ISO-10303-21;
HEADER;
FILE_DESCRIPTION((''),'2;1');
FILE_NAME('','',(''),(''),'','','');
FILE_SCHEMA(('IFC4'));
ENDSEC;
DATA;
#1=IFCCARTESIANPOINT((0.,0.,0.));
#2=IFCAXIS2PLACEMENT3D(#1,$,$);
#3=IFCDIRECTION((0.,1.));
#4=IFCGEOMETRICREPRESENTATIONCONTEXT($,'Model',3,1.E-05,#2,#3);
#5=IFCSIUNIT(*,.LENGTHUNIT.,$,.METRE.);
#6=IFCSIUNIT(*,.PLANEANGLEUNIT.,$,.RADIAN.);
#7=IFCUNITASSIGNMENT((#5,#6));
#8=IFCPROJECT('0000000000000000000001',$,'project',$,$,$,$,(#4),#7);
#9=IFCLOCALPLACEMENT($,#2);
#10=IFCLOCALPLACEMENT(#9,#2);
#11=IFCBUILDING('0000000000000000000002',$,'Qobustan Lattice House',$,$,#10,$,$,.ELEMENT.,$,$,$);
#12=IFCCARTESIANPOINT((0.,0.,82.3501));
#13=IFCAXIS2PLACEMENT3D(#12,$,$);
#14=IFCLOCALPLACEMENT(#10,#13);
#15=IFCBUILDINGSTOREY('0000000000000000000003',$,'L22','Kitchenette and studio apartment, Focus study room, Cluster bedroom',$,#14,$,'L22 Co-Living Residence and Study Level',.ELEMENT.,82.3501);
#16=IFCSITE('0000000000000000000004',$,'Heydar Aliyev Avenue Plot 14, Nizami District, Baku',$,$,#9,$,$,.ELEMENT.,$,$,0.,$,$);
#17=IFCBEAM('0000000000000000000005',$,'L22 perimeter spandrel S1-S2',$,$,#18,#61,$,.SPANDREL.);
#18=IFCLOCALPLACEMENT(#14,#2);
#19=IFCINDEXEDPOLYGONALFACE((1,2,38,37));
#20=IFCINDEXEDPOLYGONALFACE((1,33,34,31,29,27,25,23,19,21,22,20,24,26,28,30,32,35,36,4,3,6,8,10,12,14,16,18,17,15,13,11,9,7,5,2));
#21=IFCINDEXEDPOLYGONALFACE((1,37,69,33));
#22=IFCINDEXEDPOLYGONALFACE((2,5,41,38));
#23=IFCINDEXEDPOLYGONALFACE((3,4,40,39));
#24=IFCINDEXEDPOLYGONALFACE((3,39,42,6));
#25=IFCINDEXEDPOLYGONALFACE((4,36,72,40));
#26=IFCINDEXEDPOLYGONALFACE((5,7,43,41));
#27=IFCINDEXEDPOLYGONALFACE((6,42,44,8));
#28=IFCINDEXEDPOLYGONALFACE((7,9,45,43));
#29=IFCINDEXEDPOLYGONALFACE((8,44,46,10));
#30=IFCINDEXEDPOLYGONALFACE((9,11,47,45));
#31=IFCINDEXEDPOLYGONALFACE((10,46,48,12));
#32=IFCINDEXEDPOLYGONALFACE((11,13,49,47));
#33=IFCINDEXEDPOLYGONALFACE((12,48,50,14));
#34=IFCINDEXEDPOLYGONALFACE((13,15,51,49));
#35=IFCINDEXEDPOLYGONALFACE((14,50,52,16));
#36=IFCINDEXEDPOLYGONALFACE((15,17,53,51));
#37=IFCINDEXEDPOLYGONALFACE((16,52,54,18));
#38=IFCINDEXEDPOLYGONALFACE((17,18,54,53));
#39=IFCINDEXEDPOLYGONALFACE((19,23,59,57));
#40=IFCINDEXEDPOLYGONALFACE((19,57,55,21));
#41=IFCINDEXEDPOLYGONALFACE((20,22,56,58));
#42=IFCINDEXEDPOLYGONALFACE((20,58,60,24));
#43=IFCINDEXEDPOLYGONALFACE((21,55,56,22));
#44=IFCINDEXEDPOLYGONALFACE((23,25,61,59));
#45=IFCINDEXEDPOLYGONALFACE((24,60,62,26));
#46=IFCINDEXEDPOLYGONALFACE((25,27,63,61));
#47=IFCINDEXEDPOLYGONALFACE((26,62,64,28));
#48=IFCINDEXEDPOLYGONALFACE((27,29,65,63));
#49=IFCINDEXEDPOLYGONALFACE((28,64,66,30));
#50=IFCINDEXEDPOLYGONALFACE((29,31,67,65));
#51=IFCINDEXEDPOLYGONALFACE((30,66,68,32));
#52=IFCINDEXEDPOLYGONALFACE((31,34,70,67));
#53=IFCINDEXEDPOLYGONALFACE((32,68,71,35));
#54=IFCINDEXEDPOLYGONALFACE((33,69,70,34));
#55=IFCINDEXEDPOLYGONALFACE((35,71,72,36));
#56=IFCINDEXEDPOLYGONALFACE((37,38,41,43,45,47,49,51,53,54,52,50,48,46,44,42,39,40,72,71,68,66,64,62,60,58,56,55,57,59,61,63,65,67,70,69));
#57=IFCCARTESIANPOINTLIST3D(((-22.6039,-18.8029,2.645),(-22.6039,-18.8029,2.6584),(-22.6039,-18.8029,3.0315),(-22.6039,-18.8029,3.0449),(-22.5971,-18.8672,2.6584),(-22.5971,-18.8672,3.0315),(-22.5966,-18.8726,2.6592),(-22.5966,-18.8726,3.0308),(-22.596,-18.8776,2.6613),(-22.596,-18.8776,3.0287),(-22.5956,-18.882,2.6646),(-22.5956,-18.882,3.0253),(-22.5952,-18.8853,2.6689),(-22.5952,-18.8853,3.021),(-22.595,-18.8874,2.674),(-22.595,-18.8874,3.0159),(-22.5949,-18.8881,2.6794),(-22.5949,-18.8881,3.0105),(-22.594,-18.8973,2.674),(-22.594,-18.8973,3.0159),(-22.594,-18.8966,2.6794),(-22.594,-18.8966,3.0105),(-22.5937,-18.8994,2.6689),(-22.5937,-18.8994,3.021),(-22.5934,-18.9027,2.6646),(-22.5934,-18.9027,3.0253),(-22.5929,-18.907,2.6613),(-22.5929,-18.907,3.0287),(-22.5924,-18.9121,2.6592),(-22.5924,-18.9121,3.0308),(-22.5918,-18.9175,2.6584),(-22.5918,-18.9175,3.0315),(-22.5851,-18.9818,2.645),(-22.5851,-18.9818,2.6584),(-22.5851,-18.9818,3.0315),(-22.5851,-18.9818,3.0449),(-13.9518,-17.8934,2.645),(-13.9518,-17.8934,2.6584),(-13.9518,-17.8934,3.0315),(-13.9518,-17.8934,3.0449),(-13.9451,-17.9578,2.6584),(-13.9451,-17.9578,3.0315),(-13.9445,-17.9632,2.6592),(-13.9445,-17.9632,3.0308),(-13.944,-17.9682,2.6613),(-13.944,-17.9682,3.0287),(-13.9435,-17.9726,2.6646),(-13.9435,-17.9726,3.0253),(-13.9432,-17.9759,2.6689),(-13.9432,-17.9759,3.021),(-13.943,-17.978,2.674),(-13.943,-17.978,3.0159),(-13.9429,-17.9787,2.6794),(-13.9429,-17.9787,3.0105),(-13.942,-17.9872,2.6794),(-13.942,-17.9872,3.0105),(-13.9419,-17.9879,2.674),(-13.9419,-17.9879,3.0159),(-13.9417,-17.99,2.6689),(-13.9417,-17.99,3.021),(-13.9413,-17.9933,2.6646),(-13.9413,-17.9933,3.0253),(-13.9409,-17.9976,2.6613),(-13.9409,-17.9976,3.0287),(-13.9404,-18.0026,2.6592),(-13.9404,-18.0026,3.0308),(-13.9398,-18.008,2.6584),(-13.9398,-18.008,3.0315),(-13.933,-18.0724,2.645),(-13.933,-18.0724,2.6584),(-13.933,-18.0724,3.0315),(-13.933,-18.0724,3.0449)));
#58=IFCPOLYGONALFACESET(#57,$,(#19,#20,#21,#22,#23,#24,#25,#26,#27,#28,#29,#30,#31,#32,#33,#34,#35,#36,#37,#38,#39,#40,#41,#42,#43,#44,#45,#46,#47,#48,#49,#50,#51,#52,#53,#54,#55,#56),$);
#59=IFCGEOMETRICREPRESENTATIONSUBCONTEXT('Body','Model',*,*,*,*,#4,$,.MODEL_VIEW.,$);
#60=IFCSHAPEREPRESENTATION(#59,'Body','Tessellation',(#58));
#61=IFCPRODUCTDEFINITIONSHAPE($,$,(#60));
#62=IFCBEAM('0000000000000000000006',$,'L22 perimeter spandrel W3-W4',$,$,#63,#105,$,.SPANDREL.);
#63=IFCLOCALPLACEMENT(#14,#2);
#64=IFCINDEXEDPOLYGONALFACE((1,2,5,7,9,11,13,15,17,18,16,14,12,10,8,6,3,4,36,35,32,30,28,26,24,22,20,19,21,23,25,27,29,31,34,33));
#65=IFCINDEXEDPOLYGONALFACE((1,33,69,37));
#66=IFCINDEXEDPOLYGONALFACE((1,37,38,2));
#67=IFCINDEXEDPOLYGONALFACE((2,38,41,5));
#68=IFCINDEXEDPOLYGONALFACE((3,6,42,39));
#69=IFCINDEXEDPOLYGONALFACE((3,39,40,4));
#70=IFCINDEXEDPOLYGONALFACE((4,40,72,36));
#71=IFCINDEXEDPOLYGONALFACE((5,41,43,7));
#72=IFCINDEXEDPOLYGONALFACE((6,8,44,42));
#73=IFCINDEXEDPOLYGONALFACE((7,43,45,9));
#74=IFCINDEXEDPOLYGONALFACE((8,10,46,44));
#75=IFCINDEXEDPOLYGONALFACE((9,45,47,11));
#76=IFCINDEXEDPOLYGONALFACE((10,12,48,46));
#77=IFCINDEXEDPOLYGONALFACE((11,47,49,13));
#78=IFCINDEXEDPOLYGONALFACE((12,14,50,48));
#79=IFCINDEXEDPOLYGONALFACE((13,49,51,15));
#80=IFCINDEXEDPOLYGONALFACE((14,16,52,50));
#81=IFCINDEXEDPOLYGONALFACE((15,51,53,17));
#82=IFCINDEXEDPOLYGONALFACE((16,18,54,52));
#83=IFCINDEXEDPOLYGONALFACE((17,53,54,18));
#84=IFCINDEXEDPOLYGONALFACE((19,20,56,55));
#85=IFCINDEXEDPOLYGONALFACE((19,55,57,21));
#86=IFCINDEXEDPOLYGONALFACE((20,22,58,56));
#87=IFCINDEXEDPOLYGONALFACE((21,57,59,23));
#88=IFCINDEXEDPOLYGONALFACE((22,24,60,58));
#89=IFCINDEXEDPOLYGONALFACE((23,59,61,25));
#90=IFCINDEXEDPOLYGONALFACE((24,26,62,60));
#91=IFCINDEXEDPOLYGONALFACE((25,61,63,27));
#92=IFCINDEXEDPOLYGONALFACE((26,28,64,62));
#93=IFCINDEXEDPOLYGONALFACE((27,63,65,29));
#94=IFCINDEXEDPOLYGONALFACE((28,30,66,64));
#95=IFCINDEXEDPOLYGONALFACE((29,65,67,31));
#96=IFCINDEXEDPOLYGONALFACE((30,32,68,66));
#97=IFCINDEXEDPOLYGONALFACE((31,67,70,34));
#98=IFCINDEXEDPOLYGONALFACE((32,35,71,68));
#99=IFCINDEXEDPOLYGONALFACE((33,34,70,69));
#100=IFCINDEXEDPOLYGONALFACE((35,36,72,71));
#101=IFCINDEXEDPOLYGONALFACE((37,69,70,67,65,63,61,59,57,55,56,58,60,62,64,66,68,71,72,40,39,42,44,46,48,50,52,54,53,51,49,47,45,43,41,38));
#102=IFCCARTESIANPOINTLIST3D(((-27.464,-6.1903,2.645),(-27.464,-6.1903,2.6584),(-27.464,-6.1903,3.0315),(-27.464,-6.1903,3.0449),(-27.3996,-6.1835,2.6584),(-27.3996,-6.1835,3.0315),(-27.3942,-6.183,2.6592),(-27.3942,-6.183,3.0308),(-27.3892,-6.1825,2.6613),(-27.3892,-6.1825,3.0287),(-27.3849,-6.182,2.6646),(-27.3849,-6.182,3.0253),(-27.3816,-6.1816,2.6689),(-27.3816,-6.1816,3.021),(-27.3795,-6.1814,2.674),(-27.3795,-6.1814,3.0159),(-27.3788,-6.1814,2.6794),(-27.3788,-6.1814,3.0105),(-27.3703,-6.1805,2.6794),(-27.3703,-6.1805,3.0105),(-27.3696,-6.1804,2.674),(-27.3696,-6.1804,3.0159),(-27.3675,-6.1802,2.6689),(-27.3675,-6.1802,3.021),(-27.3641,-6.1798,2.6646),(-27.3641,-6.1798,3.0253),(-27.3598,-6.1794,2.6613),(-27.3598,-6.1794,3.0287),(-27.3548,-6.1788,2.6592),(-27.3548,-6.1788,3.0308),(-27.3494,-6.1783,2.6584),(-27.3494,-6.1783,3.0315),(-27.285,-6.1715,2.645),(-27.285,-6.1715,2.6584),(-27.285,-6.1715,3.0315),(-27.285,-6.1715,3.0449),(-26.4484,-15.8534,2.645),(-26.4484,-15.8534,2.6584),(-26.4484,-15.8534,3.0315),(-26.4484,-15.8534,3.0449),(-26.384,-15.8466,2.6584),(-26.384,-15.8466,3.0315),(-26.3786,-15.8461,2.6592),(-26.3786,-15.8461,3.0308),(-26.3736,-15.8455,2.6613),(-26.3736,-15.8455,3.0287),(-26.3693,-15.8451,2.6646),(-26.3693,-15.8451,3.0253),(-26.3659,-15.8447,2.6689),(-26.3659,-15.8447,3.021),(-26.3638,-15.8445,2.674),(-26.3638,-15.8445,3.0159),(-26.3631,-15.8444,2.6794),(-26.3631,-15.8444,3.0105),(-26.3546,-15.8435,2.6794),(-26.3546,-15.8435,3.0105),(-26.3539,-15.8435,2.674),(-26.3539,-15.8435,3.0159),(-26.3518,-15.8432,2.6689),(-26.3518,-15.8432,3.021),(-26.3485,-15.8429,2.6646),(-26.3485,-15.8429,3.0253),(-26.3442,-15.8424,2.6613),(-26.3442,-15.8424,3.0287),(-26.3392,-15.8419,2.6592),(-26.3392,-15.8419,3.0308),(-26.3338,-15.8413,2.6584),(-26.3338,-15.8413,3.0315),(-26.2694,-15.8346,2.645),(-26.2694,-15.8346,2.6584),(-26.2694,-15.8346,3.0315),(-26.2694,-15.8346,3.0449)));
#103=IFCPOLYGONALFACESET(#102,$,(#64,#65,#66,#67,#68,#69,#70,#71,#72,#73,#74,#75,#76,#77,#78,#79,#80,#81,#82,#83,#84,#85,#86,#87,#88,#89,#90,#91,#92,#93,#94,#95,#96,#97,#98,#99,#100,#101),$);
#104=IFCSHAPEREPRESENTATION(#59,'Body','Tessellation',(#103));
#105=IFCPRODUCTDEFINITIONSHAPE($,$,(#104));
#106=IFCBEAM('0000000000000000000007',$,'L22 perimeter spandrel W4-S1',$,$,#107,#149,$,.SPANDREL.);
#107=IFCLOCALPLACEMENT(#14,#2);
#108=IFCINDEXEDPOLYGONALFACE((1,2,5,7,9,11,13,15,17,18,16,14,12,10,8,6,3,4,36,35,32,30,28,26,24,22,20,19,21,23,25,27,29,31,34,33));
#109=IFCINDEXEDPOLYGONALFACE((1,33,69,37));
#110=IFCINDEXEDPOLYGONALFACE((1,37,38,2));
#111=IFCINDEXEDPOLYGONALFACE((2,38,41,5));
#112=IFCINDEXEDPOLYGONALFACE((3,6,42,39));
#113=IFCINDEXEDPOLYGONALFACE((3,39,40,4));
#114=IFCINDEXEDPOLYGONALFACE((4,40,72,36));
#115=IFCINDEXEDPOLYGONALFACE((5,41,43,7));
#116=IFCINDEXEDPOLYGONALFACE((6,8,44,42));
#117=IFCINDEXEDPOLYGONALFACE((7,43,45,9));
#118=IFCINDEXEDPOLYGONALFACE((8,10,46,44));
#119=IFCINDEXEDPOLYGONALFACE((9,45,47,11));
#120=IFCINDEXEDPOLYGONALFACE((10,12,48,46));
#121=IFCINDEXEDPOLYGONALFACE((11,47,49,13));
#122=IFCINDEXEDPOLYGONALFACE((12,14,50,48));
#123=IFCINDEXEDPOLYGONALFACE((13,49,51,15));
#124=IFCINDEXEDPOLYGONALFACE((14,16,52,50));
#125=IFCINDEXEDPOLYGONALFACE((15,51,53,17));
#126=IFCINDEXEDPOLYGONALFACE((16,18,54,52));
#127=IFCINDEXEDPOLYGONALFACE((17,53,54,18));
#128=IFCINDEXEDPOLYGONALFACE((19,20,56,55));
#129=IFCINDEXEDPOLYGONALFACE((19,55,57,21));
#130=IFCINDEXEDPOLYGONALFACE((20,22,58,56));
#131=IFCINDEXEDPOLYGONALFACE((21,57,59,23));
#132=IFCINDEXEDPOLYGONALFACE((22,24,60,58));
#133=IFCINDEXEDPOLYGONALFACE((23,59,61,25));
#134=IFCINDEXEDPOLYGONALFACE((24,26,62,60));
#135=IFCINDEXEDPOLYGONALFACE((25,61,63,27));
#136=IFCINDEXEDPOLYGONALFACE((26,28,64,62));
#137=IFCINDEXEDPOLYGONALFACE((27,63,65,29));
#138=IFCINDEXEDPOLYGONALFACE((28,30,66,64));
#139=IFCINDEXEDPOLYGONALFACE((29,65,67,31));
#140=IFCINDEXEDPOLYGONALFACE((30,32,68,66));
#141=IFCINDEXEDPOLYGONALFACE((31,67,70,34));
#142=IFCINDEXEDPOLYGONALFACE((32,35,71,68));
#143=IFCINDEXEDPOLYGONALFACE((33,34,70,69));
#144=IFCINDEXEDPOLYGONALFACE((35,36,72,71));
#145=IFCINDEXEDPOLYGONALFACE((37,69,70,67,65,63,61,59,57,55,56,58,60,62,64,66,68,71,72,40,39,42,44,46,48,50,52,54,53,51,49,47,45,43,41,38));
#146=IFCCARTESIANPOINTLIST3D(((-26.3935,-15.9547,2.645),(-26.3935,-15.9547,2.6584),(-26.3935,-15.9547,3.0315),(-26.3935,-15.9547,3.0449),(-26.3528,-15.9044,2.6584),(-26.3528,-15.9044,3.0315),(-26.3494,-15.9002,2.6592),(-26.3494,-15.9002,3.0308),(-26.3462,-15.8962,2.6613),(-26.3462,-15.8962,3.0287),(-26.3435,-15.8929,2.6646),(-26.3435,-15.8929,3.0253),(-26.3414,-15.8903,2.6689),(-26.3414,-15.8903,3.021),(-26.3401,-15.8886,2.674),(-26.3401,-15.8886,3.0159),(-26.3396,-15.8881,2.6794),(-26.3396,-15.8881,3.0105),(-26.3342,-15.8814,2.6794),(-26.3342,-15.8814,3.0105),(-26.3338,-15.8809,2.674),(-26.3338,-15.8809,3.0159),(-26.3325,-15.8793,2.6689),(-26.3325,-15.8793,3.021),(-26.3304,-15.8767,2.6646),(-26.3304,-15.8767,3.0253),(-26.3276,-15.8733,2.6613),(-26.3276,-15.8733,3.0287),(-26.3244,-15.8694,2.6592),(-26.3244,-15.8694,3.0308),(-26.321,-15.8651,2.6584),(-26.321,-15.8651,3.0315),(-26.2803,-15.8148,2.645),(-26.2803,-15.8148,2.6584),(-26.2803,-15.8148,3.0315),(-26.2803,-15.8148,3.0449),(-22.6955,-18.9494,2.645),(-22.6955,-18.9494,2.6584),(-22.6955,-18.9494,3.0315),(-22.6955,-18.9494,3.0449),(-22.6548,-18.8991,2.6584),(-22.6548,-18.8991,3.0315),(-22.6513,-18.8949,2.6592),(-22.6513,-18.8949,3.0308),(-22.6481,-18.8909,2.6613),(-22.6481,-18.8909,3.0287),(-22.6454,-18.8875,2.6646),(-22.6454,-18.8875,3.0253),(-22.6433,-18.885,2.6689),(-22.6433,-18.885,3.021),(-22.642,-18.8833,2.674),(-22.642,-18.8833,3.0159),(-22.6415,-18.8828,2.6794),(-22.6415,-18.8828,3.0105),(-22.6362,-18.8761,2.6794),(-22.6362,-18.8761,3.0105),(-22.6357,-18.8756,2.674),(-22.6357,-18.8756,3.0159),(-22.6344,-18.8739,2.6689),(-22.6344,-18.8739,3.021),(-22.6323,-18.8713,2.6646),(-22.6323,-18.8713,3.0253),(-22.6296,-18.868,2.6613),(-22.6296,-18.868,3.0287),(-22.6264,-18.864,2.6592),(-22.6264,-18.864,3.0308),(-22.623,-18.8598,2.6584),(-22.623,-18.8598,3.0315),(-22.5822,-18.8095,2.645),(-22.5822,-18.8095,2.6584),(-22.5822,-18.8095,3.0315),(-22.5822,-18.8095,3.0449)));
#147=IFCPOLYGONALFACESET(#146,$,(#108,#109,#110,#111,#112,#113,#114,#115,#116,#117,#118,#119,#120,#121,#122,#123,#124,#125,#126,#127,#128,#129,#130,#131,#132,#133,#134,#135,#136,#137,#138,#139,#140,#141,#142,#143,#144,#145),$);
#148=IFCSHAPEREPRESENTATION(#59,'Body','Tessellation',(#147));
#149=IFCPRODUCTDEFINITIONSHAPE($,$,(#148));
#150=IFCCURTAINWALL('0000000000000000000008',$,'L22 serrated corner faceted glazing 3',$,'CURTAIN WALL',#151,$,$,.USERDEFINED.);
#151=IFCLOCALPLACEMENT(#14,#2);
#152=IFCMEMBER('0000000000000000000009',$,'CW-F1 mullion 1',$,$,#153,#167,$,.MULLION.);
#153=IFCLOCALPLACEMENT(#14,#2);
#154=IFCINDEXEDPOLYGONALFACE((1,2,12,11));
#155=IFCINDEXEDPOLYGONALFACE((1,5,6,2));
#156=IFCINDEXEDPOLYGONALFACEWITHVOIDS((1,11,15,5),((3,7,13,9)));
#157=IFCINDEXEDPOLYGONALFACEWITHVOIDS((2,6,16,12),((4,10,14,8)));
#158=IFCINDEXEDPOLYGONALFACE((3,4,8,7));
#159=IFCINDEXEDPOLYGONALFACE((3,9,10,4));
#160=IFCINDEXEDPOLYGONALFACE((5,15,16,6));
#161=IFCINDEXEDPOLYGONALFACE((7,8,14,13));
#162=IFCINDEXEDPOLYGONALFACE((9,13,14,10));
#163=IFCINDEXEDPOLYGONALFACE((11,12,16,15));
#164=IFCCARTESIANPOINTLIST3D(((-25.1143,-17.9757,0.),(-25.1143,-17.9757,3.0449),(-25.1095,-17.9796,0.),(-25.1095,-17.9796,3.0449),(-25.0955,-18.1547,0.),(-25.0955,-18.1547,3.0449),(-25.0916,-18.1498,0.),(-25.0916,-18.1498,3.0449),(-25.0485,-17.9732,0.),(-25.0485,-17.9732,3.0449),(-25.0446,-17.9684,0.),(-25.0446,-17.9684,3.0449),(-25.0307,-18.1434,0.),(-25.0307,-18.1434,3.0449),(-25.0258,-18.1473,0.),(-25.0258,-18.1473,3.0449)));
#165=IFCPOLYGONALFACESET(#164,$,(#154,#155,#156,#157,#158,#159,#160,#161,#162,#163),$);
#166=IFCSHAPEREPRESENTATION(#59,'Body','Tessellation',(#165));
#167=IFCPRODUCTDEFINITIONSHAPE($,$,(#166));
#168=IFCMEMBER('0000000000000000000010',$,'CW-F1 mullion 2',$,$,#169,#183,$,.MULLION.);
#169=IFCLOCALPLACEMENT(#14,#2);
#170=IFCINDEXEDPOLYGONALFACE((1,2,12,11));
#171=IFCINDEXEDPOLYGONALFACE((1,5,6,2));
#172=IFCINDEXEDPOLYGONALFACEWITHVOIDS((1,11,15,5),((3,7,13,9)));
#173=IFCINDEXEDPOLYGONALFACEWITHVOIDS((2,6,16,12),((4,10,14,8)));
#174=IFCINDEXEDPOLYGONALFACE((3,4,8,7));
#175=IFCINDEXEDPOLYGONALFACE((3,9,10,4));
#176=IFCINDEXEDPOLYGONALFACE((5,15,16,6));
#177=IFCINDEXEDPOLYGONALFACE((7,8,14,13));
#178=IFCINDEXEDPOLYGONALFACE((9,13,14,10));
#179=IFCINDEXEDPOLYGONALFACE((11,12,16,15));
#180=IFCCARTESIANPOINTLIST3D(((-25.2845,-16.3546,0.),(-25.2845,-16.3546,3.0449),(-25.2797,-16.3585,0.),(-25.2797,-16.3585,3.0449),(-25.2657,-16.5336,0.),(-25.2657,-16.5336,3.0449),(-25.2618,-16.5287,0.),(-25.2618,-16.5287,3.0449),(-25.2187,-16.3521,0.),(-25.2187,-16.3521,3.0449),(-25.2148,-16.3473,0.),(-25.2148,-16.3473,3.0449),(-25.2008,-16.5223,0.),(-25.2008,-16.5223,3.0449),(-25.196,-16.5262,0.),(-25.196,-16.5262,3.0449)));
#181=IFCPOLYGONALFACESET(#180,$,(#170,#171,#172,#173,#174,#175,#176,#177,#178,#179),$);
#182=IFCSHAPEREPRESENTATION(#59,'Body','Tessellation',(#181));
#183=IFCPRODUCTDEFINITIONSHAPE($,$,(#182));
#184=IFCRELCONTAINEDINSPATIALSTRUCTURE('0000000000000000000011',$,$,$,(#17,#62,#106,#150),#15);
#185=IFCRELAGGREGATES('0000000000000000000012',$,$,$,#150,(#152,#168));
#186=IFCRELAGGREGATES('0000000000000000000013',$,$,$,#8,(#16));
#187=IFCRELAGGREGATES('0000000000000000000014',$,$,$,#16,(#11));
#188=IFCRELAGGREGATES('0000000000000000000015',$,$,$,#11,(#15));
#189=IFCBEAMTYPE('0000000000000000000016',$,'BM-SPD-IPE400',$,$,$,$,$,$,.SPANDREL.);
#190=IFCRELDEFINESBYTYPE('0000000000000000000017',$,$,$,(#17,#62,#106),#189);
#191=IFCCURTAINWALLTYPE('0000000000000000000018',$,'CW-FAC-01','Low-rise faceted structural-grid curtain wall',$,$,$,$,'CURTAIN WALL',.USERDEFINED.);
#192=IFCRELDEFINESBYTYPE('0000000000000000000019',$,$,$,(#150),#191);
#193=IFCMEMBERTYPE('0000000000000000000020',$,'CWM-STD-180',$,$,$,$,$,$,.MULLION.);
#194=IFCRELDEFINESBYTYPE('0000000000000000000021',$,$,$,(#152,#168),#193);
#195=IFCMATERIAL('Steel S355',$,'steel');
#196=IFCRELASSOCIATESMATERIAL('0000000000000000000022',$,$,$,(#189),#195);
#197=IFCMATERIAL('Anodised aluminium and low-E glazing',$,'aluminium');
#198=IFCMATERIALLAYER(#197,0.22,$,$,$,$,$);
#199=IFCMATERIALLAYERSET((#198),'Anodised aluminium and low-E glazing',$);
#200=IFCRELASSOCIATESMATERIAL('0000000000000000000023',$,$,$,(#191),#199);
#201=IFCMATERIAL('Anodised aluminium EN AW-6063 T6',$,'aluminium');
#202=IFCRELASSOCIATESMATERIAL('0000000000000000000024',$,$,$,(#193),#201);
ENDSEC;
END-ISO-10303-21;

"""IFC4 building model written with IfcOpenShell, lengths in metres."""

from ifc_helpers import new_model, si_unit, direction, frame, origin, origin_2d, place, context, subcontext, project, spatial, hollow_rectangle, i_section, extrude, material, layer, layer_set, material_profile, profile_set, type_object, element, aggregate, save


model = new_model("IFC4")

# Units and contexts
model_context = context("Model", 3, precision=1e-05, world=origin(), true_north=direction((0.0, 1.0)))
body_context = subcontext(model_context, "Body", "Model", "MODEL_VIEW")
ifc_project = project(units=[si_unit("LENGTHUNIT", "METRE"), si_unit("PLANEANGLEUNIT", "RADIAN")], contexts=[model_context])

# Site, building, storey
site_placement = place(None, origin())
site = spatial("IfcSite", under=ifc_project, at=site_placement, Name="Heydar Aliyev Avenue Plot 14, Nizami District, Baku", CompositionType="ELEMENT", RefElevation=0.0)
building_placement = place(site_placement, origin())
building = spatial("IfcBuilding", under=site, at=building_placement, Name="Qobustan Lattice House", CompositionType="ELEMENT")
storey_placement = place(building_placement, frame((0.0, 0.0, 82.3501)))
storey = spatial("IfcBuildingStorey", under=building, at=storey_placement, Name="L22", Description="Kitchenette and studio apartment, Focus study room, Cluster bedroom", LongName="L22 Co-Living Residence and Study Level", CompositionType="ELEMENT", Elevation=82.3501)

# Beams
ifc_material_1 = material(Name="Steel S355", Category="steel")
ifc_material_profile_1 = material_profile(ifc_material_1, i_section(OverallWidth=0.1799, OverallDepth=0.3999, WebThickness=0.0085, FlangeThickness=0.0134, FilletRadius=0.021, at=origin_2d()), Name="IPE400")
ifc_profile_set_1 = profile_set([ifc_material_profile_1], Name="Steel S355")
beam_type_1 = type_object("IfcBeamType", Name="BM-SPD-IPE400", PredefinedType="SPANDREL", material=ifc_profile_set_1)
beam_1_placement = place(storey_placement, frame((-22.5945, -18.8923, 2.845), z_axis=(0.994521, 0.104534, 0.0), x_axis=(-0.104534, 0.994521, 0.0)))
element("IfcBeam", 1, at=beam_1_placement, inside=storey, type_object=beam_type_1, Name="L22 perimeter spandrel S1-S2", PredefinedType="SPANDREL", context=body_context, shape_type="SweptSolid", body=[
    extrude(i_section(OverallWidth=0.1799, OverallDepth=0.3999, WebThickness=0.0085, FlangeThickness=0.0134, FilletRadius=0.021, at=origin_2d()), origin(), (0.0, 0.0, 1.0), 8.6997),
])
beam_2_placement = place(storey_placement, frame((-27.3745, -6.1809, 2.845), z_axis=(0.104528, -0.994522, 0.0), x_axis=(0.994522, 0.104528, 0.0)))
element("IfcBeam", 2, at=beam_2_placement, inside=storey, type_object=beam_type_1, Name="L22 perimeter spandrel W3-W4", PredefinedType="SPANDREL", context=body_context, shape_type="SweptSolid", body=[
    extrude(i_section(OverallWidth=0.1799, OverallDepth=0.3999, WebThickness=0.0085, FlangeThickness=0.0134, FilletRadius=0.021, at=origin_2d()), origin(), (0.0, 0.0, 1.0), 9.7163),
])
beam_3_placement = place(storey_placement, frame((-26.3369, -15.8848, 2.845), z_axis=(0.777141, -0.629327, 0.0), x_axis=(0.629327, 0.777141, 0.0)))
element("IfcBeam", 3, at=beam_3_placement, inside=storey, type_object=beam_type_1, Name="L22 perimeter spandrel W4-S1", PredefinedType="SPANDREL", context=body_context, shape_type="SweptSolid", body=[
    extrude(i_section(OverallWidth=0.1799, OverallDepth=0.3999, WebThickness=0.0085, FlangeThickness=0.0134, FilletRadius=0.021, at=origin_2d()), origin(), (0.0, 0.0, 1.0), 4.7585),
])

# Curtain wall, members
ifc_material_2 = material(Name="Anodised aluminium and low-E glazing", Category="aluminium")
ifc_layer_1 = layer(ifc_material_2, 0.22)
ifc_layer_set_1 = layer_set([ifc_layer_1], Name="Anodised aluminium and low-E glazing")
curtain_wall_type = type_object("IfcCurtainWallType", Name="CW-FAC-01", Description="Low-rise faceted structural-grid curtain wall", ElementType="CURTAIN WALL", PredefinedType="USERDEFINED", material=ifc_layer_set_1)
curtain_wall_placement = place(storey_placement, origin())
curtain_wall = element("IfcCurtainWall", 4, at=curtain_wall_placement, inside=storey, type_object=curtain_wall_type, Name="L22 serrated corner faceted glazing 3", ObjectType="CURTAIN WALL", PredefinedType="USERDEFINED")
ifc_material_3 = material(Name="Anodised aluminium EN AW-6063 T6", Category="aluminium")
ifc_material_profile_2 = material_profile(ifc_material_3, hollow_rectangle(XDim=0.0701, YDim=0.1799, WallThickness=0.0044, at=origin_2d()), Name="CWM-180x70")
ifc_profile_set_2 = profile_set([ifc_material_profile_2], Name="Anodised aluminium EN AW-6063 T6")
member_type_1 = type_object("IfcMemberType", Name="CWM-STD-180", PredefinedType="MULLION", material=ifc_profile_set_2)
member_1_placement = place(storey_placement, frame((-25.0701, -18.0615, 0.0), z_axis=(0.0, 0.0, 1.0), x_axis=(-0.994522, -0.104529, 0.0)))
member_1 = element("IfcMember", 5, at=member_1_placement, type_object=member_type_1, Name="CW-F1 mullion 1", PredefinedType="MULLION", context=body_context, shape_type="SweptSolid", body=[
    extrude(hollow_rectangle(XDim=0.0701, YDim=0.1799, WallThickness=0.0044, at=origin_2d()), origin(), (0.0, 0.0, 1.0), 3.0449),
])
member_2_placement = place(storey_placement, frame((-25.2402, -16.4404, 0.0), z_axis=(0.0, 0.0, 1.0), x_axis=(-0.994522, -0.104529, 0.0)))
member_2 = element("IfcMember", 6, at=member_2_placement, type_object=member_type_1, Name="CW-F1 mullion 2", PredefinedType="MULLION", context=body_context, shape_type="SweptSolid", body=[
    extrude(hollow_rectangle(XDim=0.0701, YDim=0.1799, WallThickness=0.0044, at=origin_2d()), origin(), (0.0, 0.0, 1.0), 3.0449),
])
aggregate(curtain_wall, [member_1, member_2])

save(model, "model.ifc")
